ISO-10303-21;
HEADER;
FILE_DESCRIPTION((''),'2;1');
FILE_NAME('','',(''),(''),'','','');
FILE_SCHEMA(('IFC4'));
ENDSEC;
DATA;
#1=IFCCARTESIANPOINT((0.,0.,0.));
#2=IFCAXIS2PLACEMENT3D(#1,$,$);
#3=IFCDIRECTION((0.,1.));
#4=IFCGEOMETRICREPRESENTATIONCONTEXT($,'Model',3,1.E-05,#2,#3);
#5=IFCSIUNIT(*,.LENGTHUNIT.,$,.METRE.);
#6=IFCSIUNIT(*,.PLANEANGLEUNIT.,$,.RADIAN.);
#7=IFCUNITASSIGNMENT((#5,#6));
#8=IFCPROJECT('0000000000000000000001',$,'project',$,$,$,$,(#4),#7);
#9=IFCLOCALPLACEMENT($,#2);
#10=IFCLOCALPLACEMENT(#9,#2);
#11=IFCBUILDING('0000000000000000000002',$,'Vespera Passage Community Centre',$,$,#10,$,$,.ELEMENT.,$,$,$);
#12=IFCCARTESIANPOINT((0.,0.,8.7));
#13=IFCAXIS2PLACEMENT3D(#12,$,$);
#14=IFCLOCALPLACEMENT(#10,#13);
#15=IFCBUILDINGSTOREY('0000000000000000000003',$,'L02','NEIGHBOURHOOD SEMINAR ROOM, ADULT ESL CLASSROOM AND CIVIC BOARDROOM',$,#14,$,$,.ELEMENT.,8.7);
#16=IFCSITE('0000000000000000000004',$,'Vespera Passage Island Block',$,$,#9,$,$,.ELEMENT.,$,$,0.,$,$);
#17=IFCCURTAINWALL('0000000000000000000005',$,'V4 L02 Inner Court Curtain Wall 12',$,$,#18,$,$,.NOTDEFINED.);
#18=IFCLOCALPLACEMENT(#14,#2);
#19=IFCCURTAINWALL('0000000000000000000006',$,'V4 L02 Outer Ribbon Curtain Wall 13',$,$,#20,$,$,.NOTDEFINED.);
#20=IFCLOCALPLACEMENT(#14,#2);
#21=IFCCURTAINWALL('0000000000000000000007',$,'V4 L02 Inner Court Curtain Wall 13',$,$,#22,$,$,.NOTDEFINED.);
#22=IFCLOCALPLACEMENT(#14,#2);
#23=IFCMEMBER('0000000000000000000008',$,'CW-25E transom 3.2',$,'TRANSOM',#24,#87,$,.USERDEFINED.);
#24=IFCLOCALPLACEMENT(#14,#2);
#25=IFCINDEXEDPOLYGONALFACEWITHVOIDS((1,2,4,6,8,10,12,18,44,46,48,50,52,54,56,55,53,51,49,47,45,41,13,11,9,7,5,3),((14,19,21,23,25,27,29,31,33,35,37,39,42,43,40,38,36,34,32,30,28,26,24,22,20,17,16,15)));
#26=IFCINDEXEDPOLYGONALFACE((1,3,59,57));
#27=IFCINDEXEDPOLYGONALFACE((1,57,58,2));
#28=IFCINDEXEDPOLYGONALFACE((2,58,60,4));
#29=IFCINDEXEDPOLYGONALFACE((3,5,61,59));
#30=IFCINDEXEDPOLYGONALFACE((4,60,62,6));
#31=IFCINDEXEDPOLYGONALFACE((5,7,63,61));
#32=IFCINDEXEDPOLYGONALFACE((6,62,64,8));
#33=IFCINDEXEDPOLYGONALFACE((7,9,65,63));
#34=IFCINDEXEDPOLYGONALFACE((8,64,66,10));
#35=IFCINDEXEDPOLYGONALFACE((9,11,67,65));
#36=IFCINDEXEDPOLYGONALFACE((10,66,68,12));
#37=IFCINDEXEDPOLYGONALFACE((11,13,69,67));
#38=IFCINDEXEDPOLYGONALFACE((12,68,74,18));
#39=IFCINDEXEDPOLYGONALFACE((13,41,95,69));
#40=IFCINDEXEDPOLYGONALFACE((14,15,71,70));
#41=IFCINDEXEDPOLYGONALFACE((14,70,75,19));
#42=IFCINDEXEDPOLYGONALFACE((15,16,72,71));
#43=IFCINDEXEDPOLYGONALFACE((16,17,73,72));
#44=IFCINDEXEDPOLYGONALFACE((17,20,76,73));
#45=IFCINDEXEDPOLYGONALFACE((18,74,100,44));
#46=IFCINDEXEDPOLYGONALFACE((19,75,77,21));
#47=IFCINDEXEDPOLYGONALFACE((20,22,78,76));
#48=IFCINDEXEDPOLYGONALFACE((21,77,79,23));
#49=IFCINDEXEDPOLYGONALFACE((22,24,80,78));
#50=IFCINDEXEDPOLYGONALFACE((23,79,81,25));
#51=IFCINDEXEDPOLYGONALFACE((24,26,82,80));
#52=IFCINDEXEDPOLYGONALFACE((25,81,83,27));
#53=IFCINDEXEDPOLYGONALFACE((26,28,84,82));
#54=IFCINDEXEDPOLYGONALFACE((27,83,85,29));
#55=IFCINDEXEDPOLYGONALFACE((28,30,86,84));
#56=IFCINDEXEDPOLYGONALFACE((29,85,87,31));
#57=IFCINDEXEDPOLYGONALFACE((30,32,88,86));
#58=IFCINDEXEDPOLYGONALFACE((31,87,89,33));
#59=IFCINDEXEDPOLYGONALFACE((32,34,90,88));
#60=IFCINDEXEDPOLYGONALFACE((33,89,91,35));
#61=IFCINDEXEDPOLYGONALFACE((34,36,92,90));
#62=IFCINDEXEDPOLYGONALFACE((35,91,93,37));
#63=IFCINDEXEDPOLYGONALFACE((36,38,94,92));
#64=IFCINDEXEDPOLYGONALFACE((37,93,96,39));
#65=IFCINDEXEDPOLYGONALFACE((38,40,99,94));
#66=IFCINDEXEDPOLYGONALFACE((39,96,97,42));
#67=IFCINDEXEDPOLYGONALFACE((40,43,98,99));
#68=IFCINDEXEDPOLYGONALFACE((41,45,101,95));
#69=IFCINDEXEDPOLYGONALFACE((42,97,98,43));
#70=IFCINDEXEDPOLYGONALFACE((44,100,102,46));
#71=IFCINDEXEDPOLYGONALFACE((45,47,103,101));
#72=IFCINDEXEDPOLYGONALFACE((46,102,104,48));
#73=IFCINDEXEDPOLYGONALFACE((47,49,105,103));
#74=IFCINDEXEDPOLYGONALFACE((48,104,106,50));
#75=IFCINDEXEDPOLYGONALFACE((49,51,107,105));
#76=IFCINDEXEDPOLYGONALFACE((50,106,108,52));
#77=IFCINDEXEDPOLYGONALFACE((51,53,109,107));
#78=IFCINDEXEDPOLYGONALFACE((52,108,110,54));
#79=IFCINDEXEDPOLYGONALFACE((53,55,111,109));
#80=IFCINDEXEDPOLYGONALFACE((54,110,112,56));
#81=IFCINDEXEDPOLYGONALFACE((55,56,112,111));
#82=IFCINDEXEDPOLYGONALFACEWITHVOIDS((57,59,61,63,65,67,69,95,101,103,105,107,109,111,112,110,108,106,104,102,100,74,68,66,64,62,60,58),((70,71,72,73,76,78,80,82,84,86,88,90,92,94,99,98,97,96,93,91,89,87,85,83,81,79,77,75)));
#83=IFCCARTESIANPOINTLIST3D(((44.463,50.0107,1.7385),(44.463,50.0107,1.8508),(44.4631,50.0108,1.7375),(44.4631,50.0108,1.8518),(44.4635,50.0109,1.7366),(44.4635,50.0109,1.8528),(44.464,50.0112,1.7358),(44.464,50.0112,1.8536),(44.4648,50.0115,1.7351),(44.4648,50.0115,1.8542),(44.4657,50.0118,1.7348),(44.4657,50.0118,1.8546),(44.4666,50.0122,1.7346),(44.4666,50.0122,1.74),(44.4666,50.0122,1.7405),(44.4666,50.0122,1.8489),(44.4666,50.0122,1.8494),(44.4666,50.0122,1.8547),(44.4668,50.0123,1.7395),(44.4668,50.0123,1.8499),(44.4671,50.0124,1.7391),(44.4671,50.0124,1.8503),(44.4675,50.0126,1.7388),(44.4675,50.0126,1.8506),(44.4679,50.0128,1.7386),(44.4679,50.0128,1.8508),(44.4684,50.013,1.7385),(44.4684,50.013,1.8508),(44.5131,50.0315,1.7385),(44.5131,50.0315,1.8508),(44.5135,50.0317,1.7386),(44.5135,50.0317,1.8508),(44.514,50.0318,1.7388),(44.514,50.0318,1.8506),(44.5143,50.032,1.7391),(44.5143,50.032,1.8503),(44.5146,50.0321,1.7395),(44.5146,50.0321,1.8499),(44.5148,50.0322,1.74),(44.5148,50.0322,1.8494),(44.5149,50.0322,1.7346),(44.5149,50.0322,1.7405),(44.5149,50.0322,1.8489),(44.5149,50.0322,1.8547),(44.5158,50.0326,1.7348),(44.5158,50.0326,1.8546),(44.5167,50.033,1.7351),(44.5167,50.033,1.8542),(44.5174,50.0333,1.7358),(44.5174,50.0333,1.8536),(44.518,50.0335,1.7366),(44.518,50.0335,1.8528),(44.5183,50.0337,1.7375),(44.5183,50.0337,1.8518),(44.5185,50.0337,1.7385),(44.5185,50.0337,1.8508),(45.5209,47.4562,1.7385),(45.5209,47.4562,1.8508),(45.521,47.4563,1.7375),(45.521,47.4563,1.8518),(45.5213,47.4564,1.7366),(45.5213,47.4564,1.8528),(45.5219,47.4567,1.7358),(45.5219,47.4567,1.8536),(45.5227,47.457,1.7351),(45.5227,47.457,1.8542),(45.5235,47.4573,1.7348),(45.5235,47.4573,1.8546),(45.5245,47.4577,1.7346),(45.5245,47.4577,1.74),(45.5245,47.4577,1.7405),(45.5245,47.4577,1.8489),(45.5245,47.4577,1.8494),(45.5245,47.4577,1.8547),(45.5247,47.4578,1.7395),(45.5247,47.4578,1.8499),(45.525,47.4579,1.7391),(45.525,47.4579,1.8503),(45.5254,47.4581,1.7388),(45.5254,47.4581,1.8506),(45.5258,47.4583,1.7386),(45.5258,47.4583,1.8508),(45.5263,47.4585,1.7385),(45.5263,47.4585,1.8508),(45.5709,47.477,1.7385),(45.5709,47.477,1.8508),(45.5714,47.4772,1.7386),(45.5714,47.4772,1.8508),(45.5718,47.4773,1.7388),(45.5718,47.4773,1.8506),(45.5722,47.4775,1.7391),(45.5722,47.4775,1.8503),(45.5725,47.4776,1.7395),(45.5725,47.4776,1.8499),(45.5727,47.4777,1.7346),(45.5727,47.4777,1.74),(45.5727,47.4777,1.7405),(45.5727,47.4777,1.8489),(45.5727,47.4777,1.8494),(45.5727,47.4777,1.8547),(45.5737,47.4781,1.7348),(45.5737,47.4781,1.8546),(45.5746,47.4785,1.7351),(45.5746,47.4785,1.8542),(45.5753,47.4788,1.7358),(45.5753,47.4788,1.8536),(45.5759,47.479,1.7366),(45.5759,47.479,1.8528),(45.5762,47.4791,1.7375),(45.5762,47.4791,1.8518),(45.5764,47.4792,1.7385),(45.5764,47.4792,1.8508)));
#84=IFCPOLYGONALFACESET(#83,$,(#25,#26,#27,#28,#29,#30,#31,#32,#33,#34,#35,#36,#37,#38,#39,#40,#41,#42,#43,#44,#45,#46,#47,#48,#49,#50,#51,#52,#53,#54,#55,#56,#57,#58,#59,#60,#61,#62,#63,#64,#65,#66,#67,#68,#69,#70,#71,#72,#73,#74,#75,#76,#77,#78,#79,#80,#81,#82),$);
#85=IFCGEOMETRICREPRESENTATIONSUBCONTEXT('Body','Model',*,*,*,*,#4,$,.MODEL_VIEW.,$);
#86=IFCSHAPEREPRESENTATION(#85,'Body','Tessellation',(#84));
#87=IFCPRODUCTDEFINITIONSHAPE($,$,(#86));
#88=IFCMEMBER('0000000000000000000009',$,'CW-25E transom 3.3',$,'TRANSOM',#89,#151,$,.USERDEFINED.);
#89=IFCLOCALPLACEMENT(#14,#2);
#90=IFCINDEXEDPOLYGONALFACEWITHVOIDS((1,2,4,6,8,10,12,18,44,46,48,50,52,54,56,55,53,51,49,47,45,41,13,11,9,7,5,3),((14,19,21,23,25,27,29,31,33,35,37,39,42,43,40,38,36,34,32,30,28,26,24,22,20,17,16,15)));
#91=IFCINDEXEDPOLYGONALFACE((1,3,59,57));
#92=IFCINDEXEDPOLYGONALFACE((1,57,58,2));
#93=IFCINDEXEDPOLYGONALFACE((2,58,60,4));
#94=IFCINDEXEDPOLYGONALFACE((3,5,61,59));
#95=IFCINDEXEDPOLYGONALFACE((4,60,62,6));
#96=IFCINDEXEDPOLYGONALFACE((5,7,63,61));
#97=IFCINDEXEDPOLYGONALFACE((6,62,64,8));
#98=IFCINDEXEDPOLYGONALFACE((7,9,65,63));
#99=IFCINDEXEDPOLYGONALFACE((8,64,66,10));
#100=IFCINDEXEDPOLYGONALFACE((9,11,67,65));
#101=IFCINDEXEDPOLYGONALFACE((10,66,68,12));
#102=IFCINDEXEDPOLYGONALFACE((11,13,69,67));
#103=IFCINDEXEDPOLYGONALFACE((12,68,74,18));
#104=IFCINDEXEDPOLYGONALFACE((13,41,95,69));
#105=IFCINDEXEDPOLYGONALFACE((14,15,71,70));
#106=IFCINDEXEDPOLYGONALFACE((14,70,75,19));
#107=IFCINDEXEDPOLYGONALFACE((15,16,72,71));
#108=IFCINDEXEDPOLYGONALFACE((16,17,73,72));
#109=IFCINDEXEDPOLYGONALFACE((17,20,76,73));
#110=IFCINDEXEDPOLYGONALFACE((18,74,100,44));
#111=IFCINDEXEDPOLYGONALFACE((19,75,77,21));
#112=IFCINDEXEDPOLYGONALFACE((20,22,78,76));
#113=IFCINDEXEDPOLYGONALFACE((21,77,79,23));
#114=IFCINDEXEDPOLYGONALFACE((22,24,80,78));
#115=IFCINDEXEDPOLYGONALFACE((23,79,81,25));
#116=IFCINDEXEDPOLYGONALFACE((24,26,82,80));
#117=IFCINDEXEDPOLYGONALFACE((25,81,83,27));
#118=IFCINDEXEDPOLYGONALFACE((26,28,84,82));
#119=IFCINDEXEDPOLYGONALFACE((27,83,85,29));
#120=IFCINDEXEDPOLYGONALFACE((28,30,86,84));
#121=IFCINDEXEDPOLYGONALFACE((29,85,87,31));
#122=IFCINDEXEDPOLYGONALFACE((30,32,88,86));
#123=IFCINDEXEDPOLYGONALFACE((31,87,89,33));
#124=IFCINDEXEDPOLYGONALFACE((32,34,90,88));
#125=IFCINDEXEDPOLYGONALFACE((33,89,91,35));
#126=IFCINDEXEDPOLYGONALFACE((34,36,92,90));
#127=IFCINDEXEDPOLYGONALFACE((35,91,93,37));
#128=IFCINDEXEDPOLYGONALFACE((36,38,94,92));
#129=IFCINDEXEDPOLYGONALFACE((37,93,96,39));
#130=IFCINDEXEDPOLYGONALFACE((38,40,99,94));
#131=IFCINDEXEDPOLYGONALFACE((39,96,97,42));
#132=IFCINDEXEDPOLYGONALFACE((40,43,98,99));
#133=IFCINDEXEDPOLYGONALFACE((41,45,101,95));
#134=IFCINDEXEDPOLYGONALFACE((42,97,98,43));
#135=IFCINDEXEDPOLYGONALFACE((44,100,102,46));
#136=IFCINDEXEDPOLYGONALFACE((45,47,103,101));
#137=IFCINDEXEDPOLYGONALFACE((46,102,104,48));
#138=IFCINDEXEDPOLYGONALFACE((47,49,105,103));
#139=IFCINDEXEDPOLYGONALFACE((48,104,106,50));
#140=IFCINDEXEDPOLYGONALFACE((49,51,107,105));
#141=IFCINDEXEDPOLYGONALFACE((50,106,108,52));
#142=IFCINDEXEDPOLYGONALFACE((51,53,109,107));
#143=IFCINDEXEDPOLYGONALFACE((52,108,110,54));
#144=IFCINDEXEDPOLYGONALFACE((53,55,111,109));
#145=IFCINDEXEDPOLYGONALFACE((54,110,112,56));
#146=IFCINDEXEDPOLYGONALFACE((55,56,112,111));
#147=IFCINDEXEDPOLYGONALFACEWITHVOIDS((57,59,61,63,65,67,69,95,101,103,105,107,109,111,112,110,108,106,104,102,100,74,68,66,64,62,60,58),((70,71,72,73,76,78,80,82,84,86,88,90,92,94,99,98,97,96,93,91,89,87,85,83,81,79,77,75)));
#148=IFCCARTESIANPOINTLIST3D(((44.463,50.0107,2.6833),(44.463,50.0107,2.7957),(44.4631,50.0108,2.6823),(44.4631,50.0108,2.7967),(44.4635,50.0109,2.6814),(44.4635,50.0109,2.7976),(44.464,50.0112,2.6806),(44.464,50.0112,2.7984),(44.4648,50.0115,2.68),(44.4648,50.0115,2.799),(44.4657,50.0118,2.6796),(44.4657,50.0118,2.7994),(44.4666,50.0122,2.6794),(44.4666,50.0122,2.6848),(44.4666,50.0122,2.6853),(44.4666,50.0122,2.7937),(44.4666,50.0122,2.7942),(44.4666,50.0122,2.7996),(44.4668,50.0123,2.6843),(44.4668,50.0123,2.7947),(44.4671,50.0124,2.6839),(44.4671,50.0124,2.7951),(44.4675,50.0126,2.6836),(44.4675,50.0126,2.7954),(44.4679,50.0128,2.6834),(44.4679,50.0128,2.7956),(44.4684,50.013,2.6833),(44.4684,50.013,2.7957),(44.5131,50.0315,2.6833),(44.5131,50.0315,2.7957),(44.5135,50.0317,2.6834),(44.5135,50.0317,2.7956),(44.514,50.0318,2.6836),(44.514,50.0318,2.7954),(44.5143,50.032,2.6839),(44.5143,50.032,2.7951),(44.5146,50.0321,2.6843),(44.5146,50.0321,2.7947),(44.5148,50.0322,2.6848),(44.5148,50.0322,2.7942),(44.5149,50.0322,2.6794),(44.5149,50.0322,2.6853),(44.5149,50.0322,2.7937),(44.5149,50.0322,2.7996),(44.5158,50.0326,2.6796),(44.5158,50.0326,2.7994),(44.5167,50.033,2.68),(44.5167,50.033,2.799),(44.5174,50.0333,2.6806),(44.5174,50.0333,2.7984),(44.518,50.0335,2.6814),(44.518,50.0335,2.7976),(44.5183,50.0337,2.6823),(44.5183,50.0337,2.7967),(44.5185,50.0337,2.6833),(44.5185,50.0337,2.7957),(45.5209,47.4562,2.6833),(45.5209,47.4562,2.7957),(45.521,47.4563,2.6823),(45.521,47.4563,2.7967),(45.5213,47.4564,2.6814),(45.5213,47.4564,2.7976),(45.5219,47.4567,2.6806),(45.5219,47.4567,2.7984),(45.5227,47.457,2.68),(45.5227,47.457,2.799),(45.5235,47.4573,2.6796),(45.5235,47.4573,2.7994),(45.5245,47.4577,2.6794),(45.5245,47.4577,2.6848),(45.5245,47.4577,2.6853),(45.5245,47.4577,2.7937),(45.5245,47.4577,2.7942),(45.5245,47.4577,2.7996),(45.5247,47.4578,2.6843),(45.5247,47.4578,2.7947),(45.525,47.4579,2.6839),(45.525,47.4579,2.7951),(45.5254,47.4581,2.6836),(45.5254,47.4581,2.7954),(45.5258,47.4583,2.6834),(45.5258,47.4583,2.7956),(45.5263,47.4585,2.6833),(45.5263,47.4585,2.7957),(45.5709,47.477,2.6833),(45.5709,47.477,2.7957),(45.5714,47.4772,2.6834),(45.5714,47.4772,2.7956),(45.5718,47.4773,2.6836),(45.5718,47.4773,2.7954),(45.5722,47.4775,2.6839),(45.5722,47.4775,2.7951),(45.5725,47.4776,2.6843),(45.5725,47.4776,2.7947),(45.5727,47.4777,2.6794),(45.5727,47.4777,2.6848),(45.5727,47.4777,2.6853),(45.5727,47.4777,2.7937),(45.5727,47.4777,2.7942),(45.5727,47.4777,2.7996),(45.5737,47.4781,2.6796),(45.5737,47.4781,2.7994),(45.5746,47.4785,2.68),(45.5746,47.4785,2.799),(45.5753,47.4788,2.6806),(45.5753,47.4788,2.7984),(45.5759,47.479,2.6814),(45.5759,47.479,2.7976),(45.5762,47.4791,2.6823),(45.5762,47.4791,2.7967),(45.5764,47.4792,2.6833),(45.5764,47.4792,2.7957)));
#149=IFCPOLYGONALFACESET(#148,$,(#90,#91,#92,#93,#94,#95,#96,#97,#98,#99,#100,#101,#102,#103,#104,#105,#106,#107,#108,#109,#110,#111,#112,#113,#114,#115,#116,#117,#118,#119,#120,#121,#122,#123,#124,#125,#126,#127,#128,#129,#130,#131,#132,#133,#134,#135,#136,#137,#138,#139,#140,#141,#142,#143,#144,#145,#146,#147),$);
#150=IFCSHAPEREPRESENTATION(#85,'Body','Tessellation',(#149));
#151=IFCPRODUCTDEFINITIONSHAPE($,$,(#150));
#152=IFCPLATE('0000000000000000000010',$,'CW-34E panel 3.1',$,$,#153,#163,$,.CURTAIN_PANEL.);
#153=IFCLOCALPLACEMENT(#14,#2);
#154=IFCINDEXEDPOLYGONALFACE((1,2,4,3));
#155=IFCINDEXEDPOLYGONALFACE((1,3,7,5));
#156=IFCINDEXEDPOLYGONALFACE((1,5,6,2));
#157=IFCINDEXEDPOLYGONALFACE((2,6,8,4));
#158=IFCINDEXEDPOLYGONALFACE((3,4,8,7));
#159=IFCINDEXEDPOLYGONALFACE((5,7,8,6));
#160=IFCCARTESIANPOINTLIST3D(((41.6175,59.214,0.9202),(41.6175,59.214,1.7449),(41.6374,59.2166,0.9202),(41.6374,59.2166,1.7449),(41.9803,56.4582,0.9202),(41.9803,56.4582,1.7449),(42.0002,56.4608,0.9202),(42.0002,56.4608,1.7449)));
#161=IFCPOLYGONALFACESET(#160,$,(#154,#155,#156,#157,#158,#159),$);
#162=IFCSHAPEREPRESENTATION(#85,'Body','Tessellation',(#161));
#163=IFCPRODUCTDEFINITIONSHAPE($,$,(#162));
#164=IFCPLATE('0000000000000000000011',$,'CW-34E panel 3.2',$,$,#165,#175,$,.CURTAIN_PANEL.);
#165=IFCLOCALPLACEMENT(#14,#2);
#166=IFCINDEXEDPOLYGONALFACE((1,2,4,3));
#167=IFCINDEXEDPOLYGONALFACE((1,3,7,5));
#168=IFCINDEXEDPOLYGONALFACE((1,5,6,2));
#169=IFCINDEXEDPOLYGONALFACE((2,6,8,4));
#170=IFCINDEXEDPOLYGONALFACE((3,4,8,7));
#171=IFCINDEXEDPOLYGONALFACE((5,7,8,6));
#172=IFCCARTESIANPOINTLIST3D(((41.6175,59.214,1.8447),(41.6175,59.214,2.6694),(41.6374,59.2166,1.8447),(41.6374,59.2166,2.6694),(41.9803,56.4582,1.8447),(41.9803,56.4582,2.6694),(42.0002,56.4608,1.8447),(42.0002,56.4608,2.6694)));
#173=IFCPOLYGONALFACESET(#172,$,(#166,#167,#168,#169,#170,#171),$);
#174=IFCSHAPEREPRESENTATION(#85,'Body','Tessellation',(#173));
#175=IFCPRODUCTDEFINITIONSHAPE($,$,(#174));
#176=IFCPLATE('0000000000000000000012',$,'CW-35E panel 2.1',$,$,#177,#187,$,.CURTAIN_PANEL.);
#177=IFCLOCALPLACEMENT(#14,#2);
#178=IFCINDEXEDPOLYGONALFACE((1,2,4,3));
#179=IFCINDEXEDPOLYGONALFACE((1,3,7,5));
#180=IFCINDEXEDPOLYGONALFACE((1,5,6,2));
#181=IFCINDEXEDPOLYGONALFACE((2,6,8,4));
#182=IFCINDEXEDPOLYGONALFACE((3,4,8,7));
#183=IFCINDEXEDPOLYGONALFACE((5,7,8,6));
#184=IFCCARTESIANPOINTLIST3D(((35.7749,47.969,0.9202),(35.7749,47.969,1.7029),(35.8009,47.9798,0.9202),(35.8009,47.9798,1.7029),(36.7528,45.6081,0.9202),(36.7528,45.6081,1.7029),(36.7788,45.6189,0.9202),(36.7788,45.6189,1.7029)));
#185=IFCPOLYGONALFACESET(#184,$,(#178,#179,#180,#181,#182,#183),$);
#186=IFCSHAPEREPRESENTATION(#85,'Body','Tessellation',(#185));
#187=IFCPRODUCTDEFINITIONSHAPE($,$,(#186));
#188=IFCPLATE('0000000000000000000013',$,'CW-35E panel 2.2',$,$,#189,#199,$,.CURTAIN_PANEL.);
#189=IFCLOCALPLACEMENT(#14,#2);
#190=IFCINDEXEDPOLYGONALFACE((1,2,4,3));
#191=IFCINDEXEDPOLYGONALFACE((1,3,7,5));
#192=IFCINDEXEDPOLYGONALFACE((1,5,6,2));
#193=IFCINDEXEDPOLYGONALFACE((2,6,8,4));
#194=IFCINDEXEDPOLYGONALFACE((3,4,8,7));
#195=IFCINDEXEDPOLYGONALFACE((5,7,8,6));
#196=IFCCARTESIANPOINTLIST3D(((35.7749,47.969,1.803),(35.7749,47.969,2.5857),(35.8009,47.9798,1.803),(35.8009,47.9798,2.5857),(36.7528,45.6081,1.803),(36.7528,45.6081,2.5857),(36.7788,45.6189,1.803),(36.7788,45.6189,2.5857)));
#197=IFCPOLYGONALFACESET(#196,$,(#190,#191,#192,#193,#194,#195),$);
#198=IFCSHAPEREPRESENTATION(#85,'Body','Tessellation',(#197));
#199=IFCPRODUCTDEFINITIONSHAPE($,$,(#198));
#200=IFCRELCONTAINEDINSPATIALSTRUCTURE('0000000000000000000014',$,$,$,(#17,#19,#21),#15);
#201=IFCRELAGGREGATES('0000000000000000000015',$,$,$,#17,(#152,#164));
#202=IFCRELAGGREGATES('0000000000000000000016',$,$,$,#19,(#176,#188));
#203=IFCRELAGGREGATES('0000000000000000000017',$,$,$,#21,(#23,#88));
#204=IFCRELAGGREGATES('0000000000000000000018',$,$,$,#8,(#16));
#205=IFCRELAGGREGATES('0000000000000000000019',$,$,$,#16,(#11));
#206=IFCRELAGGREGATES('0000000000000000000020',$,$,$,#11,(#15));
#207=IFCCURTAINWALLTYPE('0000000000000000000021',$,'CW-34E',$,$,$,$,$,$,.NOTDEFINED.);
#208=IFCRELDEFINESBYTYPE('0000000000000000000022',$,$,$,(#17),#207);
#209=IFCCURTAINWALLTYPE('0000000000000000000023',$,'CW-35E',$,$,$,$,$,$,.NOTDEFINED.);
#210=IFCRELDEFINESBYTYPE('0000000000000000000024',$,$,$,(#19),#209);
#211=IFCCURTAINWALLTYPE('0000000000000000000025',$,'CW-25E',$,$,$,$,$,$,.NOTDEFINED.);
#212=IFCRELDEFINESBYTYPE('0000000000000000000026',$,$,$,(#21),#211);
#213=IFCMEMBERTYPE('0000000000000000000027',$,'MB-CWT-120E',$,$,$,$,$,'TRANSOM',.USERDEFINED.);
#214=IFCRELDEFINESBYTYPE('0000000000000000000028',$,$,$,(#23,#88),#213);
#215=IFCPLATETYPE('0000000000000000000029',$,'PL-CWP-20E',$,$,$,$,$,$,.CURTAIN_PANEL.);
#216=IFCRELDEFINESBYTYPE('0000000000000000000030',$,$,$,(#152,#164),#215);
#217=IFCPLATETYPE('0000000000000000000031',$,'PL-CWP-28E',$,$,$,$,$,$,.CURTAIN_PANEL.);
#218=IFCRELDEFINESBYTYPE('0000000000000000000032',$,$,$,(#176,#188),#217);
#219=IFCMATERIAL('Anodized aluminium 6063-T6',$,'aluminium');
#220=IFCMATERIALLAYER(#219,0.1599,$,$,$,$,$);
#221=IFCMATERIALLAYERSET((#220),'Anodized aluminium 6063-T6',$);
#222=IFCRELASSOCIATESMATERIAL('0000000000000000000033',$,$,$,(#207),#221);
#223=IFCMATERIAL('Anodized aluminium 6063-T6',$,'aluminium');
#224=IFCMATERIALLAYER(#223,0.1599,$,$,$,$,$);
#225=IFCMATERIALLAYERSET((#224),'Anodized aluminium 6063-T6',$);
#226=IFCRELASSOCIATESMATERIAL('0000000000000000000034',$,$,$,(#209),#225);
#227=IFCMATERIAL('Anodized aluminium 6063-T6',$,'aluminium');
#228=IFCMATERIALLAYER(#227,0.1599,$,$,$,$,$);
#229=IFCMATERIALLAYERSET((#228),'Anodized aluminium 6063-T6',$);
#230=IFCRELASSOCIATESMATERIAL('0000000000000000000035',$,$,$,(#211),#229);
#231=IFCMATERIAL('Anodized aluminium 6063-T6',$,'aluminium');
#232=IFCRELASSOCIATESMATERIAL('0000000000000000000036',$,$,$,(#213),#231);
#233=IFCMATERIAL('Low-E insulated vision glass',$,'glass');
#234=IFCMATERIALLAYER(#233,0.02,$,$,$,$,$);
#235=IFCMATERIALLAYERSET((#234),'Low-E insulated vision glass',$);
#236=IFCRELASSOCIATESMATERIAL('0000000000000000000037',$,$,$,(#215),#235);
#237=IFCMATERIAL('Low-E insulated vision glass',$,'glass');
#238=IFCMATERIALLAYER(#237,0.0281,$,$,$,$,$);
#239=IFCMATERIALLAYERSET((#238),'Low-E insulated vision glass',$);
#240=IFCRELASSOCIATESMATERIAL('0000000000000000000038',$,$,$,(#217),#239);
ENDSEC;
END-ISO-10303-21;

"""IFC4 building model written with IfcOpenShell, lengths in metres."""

from ifc_helpers import new_model, si_unit, direction, frame, origin, origin_2d, place, context, subcontext, project, spatial, rectangle, hollow_rectangle, extrude, material, layer, layer_set, material_profile, profile_set, type_object, element, aggregate, save


model = new_model("IFC4")

# Units and contexts
model_context = context("Model", 3, precision=1e-05, world=origin(), true_north=direction((0.0, 1.0)))
body_context = subcontext(model_context, "Body", "Model", "MODEL_VIEW")
ifc_project = project(units=[si_unit("LENGTHUNIT", "METRE"), si_unit("PLANEANGLEUNIT", "RADIAN")], contexts=[model_context])

# Site, building, storey
site_placement = place(None, origin())
site = spatial("IfcSite", under=ifc_project, at=site_placement, Name="Vespera Passage Island Block", CompositionType="ELEMENT", RefElevation=0.0)
building_placement = place(site_placement, origin())
building = spatial("IfcBuilding", under=site, at=building_placement, Name="Vespera Passage Community Centre", CompositionType="ELEMENT")
storey_placement = place(building_placement, frame((0.0, 0.0, 8.7)))
storey = spatial("IfcBuildingStorey", under=building, at=storey_placement, Name="L02", Description="NEIGHBOURHOOD SEMINAR ROOM, ADULT ESL CLASSROOM AND CIVIC BOARDROOM", CompositionType="ELEMENT", Elevation=8.7)

# Curtain walls
ifc_material_1 = material(Name="Anodized aluminium 6063-T6", Category="aluminium")
ifc_layer_1 = layer(ifc_material_1, 0.1599)
ifc_layer_set_1 = layer_set([ifc_layer_1], Name="Anodized aluminium 6063-T6")
curtain_wall_type_1 = type_object("IfcCurtainWallType", Name="CW-34E", PredefinedType="NOTDEFINED", material=ifc_layer_set_1)
curtain_wall_1_placement = place(storey_placement, origin())
curtain_wall_1 = element("IfcCurtainWall", 1, at=curtain_wall_1_placement, inside=storey, type_object=curtain_wall_type_1, Name="V4 L02 Inner Court Curtain Wall 12", PredefinedType="NOTDEFINED")
ifc_material_2 = material(Name="Anodized aluminium 6063-T6", Category="aluminium")
ifc_layer_2 = layer(ifc_material_2, 0.1599)
ifc_layer_set_2 = layer_set([ifc_layer_2], Name="Anodized aluminium 6063-T6")
curtain_wall_type_2 = type_object("IfcCurtainWallType", Name="CW-35E", PredefinedType="NOTDEFINED", material=ifc_layer_set_2)
curtain_wall_2_placement = place(storey_placement, origin())
curtain_wall_2 = element("IfcCurtainWall", 2, at=curtain_wall_2_placement, inside=storey, type_object=curtain_wall_type_2, Name="V4 L02 Outer Ribbon Curtain Wall 13", PredefinedType="NOTDEFINED")

# Curtain wall
ifc_material_3 = material(Name="Anodized aluminium 6063-T6", Category="aluminium")
ifc_layer_3 = layer(ifc_material_3, 0.1599)
ifc_layer_set_3 = layer_set([ifc_layer_3], Name="Anodized aluminium 6063-T6")
curtain_wall_type_3 = type_object("IfcCurtainWallType", Name="CW-25E", PredefinedType="NOTDEFINED", material=ifc_layer_set_3)
curtain_wall_3_placement = place(storey_placement, origin())
curtain_wall_3 = element("IfcCurtainWall", 3, at=curtain_wall_3_placement, inside=storey, type_object=curtain_wall_type_3, Name="V4 L02 Inner Court Curtain Wall 13", PredefinedType="NOTDEFINED")

# Members
ifc_material_4 = material(Name="Anodized aluminium 6063-T6", Category="aluminium")
ifc_material_profile_1 = material_profile(ifc_material_4, hollow_rectangle(XDim=0.0601, YDim=0.1201, WallThickness=0.0039, InnerFilletRadius=0.002, OuterFilletRadius=0.0039, at=origin_2d()), Name="ALU120X60X4")
ifc_profile_set_1 = profile_set([ifc_material_profile_1], Name="Anodized aluminium 6063-T6")
member_type_1 = type_object("IfcMemberType", Name="MB-CWT-120E", ElementType="TRANSOM", PredefinedType="USERDEFINED", material=ifc_profile_set_1)
member_1_placement = place(storey_placement, frame((44.4907, 50.0222, 1.7947), z_axis=(0.382614, -0.923908, 0.0), x_axis=(0.923908, 0.382614, 0.0)))
member_1 = element("IfcMember", 4, at=member_1_placement, type_object=member_type_1, Name="CW-25E transom 3.2", ObjectType="TRANSOM", PredefinedType="USERDEFINED", context=body_context, shape_type="SweptSolid", body=[
    extrude(hollow_rectangle(XDim=0.0601, YDim=0.1201, WallThickness=0.0039, InnerFilletRadius=0.002, OuterFilletRadius=0.0039, at=origin_2d()), origin(), (0.0, 0.0, 1.0), 2.7649),
])
member_2_placement = place(storey_placement, frame((44.4907, 50.0222, 2.7395), z_axis=(0.382614, -0.923908, 0.0), x_axis=(0.923908, 0.382614, 0.0)))
member_2 = element("IfcMember", 5, at=member_2_placement, type_object=member_type_1, Name="CW-25E transom 3.3", ObjectType="TRANSOM", PredefinedType="USERDEFINED", context=body_context, shape_type="SweptSolid", body=[
    extrude(hollow_rectangle(XDim=0.0601, YDim=0.1201, WallThickness=0.0039, InnerFilletRadius=0.002, OuterFilletRadius=0.0039, at=origin_2d()), origin(), (0.0, 0.0, 1.0), 2.7649),
])

# Plates
ifc_material_5 = material(Name="Low-E insulated vision glass", Category="glass")
ifc_layer_4 = layer(ifc_material_5, 0.02)
ifc_layer_set_4 = layer_set([ifc_layer_4], Name="Low-E insulated vision glass")
plate_type_1 = type_object("IfcPlateType", Name="PL-CWP-20E", PredefinedType="CURTAIN_PANEL", material=ifc_layer_set_4)
plate_1_placement = place(storey_placement, frame((41.8088, 57.8374, 0.9202), z_axis=(0.0, 0.0, 1.0), x_axis=(0.130522, -0.991445, 0.0)))
plate_1 = element("IfcPlate", 6, at=plate_1_placement, type_object=plate_type_1, Name="CW-34E panel 3.1", PredefinedType="CURTAIN_PANEL", context=body_context, shape_type="SweptSolid", body=[
    extrude(rectangle(XDim=2.7795, YDim=0.02, at=origin_2d()), origin(), (0.0, 0.0, 1.0), 0.8247),
])
plate_2_placement = place(storey_placement, frame((41.8088, 57.8374, 1.8447), z_axis=(0.0, 0.0, 1.0), x_axis=(0.130522, -0.991445, 0.0)))
plate_2 = element("IfcPlate", 7, at=plate_2_placement, type_object=plate_type_1, Name="CW-34E panel 3.2", PredefinedType="CURTAIN_PANEL", context=body_context, shape_type="SweptSolid", body=[
    extrude(rectangle(XDim=2.7795, YDim=0.02, at=origin_2d()), origin(), (0.0, 0.0, 1.0), 0.8247),
])
aggregate(curtain_wall_1, [plate_1, plate_2])
ifc_material_6 = material(Name="Low-E insulated vision glass", Category="glass")
ifc_layer_5 = layer(ifc_material_6, 0.0281)
ifc_layer_set_5 = layer_set([ifc_layer_5], Name="Low-E insulated vision glass")
plate_type_2 = type_object("IfcPlateType", Name="PL-CWP-28E", PredefinedType="CURTAIN_PANEL", material=ifc_layer_set_5)
plate_3_placement = place(storey_placement, frame((36.2769, 46.7939, 0.9202), z_axis=(0.0, 0.0, 1.0), x_axis=(-0.382679, 0.923881, 0.0)))
plate_3 = element("IfcPlate", 8, at=plate_3_placement, type_object=plate_type_2, Name="CW-35E panel 2.1", PredefinedType="CURTAIN_PANEL", context=body_context, shape_type="SweptSolid", body=[
    extrude(rectangle(XDim=2.5554, YDim=0.0281, at=origin_2d()), origin(), (0.0, 0.0, 1.0), 0.7827),
])
plate_4_placement = place(storey_placement, frame((36.2769, 46.7939, 1.803), z_axis=(0.0, 0.0, 1.0), x_axis=(-0.382679, 0.923881, 0.0)))
plate_4 = element("IfcPlate", 9, at=plate_4_placement, type_object=plate_type_2, Name="CW-35E panel 2.2", PredefinedType="CURTAIN_PANEL", context=body_context, shape_type="SweptSolid", body=[
    extrude(rectangle(XDim=2.5554, YDim=0.0281, at=origin_2d()), origin(), (0.0, 0.0, 1.0), 0.7827),
])
aggregate(curtain_wall_2, [plate_3, plate_4])
aggregate(curtain_wall_3, [member_1, member_2])

save(model, "model.ifc")
